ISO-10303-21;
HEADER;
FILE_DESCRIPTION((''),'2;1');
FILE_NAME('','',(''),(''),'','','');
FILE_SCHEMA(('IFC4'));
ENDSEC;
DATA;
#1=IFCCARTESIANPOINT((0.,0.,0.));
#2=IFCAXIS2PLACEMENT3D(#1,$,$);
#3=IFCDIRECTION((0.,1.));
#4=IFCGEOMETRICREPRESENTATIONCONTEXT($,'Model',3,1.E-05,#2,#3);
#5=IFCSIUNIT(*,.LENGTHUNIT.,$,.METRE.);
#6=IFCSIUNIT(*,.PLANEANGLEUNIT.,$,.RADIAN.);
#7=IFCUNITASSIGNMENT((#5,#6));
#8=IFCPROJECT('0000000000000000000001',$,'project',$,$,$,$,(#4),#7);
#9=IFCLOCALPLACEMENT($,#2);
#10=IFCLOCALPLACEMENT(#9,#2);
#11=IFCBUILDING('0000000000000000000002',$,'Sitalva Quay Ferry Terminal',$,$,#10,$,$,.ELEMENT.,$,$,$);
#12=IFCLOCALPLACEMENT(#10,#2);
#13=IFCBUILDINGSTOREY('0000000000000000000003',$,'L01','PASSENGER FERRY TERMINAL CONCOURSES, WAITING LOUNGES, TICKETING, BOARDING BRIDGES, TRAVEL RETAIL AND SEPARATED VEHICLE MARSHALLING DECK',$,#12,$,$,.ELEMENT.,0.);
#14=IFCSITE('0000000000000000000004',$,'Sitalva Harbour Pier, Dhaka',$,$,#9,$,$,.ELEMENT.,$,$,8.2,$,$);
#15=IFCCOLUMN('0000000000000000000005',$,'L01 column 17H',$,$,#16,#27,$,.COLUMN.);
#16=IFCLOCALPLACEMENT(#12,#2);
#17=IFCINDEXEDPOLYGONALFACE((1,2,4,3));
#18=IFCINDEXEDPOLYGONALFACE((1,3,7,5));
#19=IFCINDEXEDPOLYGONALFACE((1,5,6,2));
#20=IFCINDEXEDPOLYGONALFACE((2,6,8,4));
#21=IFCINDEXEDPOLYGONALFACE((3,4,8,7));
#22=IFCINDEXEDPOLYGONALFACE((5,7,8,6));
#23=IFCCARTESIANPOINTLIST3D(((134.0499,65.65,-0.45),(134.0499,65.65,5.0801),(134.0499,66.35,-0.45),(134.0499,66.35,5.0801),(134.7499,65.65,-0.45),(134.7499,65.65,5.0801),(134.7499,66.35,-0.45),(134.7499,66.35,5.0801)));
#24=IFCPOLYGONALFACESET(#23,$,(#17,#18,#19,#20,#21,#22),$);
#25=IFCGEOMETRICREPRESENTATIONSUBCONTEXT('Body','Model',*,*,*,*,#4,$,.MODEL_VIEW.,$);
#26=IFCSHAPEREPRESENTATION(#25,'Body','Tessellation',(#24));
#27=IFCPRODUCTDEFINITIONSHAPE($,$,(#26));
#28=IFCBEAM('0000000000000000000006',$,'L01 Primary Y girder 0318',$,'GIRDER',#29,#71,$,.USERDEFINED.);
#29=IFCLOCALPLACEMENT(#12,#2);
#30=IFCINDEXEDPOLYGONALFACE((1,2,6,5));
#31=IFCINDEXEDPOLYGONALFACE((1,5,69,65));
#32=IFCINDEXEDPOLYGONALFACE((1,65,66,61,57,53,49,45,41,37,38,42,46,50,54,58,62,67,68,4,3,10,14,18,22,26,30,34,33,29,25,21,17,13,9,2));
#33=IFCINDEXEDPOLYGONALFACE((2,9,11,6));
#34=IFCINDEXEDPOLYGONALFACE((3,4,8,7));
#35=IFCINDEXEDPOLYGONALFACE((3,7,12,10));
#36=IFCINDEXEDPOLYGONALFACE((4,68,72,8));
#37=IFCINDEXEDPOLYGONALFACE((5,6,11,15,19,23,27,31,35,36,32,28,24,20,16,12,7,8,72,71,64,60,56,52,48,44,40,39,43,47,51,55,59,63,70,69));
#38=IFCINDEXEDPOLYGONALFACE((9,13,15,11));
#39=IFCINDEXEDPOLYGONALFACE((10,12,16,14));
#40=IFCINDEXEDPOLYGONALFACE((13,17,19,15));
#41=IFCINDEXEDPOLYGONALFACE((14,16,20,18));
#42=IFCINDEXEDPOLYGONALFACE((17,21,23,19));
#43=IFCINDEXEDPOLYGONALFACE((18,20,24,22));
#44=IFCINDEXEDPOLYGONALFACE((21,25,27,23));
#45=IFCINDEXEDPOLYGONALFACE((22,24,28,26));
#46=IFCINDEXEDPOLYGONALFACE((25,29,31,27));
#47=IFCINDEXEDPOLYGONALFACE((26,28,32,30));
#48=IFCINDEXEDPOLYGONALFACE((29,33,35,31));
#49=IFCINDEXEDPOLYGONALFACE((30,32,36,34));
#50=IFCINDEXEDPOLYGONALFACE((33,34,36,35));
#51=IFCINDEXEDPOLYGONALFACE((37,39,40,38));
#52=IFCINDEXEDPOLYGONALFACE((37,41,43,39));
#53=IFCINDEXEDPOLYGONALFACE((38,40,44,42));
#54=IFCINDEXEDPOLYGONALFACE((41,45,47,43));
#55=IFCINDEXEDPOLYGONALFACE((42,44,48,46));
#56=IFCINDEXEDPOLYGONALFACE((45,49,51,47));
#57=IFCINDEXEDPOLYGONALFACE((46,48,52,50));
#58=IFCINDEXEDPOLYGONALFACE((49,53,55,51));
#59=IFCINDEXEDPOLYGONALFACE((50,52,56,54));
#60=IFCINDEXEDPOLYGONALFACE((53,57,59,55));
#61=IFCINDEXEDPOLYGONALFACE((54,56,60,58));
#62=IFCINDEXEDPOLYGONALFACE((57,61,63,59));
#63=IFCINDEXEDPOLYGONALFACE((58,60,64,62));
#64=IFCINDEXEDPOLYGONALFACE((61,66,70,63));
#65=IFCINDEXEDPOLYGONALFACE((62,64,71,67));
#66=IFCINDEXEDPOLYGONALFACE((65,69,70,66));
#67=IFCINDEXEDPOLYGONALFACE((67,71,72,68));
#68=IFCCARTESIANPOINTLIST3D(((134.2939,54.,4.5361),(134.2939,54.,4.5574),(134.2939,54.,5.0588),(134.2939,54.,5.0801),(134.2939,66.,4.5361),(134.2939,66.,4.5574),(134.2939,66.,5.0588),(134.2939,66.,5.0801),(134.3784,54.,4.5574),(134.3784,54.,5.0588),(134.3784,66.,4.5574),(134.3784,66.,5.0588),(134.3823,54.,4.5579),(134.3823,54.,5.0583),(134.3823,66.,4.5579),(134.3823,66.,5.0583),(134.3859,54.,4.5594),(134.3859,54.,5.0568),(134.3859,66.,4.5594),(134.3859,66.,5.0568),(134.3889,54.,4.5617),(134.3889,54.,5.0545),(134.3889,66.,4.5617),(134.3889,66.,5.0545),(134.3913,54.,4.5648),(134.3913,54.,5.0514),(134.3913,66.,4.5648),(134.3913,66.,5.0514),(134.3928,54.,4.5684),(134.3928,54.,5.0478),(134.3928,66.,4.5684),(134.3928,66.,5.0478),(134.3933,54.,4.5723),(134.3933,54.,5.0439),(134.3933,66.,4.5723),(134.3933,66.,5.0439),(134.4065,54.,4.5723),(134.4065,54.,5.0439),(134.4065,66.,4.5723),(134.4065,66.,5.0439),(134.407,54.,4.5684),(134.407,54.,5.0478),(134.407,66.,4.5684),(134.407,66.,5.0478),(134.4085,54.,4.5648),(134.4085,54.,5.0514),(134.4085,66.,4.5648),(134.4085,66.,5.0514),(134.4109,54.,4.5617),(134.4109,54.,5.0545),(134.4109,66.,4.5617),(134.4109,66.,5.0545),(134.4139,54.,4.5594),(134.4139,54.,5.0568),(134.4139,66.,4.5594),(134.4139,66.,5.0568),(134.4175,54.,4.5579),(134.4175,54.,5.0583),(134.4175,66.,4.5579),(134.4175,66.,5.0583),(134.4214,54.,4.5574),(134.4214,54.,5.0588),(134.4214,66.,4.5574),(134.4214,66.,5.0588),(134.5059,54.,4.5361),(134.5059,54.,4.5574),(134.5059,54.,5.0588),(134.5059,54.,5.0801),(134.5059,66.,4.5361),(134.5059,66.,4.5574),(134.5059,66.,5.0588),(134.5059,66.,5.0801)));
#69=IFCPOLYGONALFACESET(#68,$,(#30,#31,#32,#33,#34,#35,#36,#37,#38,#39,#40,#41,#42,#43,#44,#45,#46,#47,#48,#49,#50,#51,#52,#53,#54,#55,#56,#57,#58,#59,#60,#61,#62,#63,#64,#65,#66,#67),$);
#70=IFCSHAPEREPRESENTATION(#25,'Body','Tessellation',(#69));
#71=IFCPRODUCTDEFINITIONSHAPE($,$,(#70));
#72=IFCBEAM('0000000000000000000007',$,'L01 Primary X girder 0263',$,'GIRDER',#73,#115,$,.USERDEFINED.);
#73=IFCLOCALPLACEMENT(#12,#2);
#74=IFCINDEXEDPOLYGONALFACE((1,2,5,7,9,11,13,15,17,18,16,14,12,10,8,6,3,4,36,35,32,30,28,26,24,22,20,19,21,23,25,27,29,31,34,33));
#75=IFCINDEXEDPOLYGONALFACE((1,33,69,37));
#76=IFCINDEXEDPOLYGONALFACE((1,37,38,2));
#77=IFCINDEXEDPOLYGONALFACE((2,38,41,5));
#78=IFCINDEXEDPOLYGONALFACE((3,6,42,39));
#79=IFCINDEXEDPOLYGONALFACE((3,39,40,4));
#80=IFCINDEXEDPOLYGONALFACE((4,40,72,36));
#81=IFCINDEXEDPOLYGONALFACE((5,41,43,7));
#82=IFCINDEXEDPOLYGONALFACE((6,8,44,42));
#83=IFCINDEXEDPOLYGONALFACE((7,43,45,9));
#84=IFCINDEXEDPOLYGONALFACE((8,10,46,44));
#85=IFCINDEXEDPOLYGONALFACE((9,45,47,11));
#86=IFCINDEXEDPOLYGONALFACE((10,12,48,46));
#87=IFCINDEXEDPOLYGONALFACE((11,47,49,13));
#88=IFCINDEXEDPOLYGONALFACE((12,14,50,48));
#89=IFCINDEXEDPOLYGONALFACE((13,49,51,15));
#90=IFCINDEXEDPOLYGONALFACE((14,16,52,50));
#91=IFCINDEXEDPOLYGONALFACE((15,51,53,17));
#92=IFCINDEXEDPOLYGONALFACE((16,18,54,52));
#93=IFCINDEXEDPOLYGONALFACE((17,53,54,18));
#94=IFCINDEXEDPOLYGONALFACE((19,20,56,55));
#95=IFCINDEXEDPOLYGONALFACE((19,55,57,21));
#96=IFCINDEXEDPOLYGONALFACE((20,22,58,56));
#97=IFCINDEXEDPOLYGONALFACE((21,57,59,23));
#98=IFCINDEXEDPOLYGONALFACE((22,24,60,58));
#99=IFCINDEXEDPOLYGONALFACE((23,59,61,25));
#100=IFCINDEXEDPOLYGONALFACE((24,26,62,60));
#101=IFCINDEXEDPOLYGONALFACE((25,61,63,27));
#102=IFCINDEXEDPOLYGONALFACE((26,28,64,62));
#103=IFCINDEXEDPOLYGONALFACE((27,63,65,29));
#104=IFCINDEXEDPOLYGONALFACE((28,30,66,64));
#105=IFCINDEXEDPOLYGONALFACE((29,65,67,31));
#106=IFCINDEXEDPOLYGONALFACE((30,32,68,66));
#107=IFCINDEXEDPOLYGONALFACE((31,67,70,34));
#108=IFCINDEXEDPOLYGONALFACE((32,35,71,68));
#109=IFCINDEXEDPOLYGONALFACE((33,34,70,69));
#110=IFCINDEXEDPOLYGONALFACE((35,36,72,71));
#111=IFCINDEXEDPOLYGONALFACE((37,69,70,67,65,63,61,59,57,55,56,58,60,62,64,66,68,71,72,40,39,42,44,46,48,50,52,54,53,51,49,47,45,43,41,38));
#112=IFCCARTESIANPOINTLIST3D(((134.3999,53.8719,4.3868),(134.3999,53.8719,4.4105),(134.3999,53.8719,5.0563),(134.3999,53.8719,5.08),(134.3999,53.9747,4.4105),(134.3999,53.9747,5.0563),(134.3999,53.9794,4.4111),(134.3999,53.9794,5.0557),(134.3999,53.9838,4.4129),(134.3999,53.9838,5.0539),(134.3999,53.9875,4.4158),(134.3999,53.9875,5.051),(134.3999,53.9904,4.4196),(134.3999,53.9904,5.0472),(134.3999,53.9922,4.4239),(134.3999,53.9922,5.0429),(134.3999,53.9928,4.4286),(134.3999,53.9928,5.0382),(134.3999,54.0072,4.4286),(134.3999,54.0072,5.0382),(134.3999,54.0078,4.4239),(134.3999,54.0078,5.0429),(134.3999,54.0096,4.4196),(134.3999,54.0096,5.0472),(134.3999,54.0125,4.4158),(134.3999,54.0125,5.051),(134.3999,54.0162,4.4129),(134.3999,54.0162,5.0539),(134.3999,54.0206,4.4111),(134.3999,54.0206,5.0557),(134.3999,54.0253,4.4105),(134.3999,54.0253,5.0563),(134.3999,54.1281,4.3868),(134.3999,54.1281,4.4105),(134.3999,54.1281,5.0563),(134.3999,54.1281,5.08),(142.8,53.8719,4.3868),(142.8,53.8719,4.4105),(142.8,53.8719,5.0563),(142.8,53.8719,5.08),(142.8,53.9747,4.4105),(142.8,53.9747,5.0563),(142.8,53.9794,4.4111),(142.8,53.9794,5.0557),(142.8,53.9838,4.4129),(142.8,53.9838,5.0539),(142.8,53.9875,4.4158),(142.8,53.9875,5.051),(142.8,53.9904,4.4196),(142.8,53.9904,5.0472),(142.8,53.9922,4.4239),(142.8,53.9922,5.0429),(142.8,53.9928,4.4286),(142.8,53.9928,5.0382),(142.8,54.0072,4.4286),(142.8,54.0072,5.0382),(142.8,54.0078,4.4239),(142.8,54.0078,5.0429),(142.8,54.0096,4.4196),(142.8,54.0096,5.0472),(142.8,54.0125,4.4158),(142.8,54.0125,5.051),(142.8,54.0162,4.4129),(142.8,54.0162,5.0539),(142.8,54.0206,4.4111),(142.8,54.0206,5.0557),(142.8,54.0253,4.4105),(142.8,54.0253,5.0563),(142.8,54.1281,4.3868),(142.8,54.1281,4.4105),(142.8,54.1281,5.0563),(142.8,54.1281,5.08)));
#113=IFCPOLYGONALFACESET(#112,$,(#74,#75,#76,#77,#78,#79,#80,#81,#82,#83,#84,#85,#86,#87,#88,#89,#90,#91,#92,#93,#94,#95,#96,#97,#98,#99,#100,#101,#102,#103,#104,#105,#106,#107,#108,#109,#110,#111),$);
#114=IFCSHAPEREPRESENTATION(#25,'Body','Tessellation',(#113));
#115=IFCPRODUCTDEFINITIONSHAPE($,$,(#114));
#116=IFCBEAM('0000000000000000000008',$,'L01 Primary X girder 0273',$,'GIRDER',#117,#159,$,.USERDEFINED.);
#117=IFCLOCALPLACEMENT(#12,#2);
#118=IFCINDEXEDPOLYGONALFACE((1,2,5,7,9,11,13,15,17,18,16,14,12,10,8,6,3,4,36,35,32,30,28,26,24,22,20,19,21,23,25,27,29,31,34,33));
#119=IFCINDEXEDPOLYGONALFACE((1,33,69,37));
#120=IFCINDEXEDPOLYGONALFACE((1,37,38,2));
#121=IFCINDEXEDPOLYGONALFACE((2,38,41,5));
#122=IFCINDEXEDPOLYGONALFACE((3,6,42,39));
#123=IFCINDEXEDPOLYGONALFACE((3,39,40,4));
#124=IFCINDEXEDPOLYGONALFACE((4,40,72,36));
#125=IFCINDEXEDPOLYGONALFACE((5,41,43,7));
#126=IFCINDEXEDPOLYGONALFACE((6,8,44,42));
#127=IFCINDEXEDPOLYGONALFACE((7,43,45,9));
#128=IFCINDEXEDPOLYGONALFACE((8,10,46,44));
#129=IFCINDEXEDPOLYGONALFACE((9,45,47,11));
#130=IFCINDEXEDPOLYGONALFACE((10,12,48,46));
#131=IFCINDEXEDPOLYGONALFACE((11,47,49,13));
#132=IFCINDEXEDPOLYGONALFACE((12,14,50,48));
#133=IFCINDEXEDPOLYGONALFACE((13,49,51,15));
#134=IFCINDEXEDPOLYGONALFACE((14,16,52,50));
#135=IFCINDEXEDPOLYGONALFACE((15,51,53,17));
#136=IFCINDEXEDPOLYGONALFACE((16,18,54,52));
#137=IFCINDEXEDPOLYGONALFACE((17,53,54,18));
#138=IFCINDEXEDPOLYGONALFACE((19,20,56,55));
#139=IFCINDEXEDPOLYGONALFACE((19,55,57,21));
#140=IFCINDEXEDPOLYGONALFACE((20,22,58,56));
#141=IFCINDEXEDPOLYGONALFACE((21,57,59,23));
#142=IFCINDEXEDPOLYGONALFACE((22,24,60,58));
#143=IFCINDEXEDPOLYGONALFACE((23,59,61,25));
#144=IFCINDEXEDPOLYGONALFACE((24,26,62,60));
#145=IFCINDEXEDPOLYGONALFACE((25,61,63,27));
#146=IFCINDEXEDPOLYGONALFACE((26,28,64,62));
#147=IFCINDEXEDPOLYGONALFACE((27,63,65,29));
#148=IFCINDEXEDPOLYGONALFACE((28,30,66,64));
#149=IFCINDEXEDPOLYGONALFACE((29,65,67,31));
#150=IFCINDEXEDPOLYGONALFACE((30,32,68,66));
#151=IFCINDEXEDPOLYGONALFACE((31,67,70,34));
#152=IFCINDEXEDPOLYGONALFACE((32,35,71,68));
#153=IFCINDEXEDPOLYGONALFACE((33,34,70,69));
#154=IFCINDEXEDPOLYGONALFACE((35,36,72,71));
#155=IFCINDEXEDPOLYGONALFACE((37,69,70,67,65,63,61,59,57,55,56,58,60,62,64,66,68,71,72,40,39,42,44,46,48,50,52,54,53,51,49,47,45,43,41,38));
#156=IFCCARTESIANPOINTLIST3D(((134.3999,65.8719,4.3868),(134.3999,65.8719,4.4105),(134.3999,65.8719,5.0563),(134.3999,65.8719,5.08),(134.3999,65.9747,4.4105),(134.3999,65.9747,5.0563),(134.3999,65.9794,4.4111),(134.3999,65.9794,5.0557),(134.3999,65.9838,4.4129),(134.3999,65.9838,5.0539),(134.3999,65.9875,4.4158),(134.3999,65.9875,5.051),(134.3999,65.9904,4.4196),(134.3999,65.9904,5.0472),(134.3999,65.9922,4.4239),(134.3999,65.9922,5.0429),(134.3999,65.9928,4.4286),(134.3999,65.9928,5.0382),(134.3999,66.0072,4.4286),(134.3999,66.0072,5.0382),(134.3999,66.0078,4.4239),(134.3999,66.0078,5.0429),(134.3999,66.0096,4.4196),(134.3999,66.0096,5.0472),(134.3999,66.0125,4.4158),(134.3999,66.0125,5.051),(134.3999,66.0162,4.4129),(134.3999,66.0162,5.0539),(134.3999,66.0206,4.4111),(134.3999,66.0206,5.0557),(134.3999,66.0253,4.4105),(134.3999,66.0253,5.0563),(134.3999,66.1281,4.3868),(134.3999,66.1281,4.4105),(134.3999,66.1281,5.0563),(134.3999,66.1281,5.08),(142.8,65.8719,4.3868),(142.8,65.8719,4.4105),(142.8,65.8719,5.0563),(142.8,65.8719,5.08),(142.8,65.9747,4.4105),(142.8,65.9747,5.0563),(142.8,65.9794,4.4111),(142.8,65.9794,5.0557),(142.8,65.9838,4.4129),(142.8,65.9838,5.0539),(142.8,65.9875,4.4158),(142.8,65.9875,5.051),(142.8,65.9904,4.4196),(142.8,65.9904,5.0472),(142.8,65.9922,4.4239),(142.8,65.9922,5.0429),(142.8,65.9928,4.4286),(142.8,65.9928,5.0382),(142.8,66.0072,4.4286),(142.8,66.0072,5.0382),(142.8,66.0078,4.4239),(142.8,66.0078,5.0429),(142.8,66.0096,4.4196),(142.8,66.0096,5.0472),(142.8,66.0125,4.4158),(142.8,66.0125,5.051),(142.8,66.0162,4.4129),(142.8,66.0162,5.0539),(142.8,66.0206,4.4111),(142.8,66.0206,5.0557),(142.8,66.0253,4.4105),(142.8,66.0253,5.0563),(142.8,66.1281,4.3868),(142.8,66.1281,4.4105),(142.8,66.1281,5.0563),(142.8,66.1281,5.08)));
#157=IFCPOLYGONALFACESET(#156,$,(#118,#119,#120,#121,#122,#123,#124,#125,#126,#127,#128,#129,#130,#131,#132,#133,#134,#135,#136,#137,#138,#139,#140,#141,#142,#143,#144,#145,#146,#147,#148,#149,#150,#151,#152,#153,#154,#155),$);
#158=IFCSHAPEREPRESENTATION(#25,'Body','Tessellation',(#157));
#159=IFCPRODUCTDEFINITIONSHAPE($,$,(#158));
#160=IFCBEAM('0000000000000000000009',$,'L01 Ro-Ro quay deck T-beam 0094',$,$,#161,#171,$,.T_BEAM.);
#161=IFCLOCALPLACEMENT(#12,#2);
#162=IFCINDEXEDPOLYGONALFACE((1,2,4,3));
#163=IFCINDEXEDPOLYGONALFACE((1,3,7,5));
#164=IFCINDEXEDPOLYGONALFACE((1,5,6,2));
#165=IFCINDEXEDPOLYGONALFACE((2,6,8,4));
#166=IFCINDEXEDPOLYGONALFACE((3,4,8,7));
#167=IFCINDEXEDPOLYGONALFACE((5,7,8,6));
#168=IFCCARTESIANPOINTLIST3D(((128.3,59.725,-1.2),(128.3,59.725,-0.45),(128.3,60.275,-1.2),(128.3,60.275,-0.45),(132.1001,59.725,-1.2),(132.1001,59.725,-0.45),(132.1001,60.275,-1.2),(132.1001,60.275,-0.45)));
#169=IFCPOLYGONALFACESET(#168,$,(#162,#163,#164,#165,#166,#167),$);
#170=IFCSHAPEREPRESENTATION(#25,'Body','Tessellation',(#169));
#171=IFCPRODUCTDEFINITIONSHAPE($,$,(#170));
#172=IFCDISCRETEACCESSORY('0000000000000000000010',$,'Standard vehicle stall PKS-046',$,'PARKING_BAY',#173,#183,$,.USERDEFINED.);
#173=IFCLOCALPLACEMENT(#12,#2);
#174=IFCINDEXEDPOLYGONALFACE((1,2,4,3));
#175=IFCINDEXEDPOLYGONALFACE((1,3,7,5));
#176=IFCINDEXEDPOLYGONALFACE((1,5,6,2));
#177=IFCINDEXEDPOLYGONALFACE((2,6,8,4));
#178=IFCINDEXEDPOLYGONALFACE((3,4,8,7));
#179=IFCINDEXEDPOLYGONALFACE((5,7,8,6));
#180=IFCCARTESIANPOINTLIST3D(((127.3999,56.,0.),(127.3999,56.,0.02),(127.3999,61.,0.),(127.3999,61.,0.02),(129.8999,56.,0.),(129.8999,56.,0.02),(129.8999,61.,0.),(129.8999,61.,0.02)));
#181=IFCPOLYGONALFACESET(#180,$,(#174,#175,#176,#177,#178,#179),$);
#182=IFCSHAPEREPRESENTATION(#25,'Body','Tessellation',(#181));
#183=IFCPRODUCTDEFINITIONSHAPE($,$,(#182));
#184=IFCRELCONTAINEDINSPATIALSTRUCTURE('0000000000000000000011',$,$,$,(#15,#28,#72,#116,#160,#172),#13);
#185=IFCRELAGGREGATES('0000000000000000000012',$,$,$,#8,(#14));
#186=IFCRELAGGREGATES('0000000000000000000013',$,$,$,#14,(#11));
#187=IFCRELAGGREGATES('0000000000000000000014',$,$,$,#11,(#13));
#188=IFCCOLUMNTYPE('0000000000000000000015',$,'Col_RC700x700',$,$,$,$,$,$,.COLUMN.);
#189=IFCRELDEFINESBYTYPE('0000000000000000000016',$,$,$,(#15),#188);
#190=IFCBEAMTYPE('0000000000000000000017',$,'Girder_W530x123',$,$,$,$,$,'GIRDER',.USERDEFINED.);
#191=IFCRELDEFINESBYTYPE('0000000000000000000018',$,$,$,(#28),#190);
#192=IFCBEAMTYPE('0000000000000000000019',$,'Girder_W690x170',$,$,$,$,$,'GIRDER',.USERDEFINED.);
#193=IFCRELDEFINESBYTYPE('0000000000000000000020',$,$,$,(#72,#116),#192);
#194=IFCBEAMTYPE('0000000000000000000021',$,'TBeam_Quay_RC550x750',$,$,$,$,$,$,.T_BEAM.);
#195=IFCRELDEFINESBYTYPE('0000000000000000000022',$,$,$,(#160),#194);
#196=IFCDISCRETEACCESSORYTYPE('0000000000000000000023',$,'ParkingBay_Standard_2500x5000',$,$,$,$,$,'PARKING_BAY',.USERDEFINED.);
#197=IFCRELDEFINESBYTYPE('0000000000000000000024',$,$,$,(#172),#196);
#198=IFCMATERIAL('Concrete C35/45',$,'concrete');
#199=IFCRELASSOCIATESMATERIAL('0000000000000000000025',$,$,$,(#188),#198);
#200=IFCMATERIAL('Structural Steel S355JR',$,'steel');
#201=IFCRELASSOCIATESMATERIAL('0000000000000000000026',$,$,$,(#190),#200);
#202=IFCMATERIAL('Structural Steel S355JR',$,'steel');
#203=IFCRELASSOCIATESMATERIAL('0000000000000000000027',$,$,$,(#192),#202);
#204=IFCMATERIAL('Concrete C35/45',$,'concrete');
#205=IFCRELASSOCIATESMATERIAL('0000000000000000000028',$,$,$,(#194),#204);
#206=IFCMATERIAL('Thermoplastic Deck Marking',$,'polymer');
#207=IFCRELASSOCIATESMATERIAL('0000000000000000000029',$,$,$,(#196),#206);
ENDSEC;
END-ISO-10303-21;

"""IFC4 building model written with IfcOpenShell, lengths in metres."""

from ifc_helpers import new_model, si_unit, direction, frame, origin, origin_2d, place, context, subcontext, project, spatial, rectangle, i_section, extrude, material, material_profile, profile_set, type_object, element, save


model = new_model("IFC4")

# Units and contexts
model_context = context("Model", 3, precision=1e-05, world=origin(), true_north=direction((0.0, 1.0)))
body_context = subcontext(model_context, "Body", "Model", "MODEL_VIEW")
ifc_project = project(units=[si_unit("LENGTHUNIT", "METRE"), si_unit("PLANEANGLEUNIT", "RADIAN")], contexts=[model_context])

# Site, building, storey
site_placement = place(None, origin())
site = spatial("IfcSite", under=ifc_project, at=site_placement, Name="Sitalva Harbour Pier, Dhaka", CompositionType="ELEMENT", RefElevation=8.2)
building_placement = place(site_placement, origin())
building = spatial("IfcBuilding", under=site, at=building_placement, Name="Sitalva Quay Ferry Terminal", CompositionType="ELEMENT")
storey_placement = place(building_placement, origin())
storey = spatial("IfcBuildingStorey", under=building, at=storey_placement, Name="L01", Description="PASSENGER FERRY TERMINAL CONCOURSES, WAITING LOUNGES, TICKETING, BOARDING BRIDGES, TRAVEL RETAIL AND SEPARATED VEHICLE MARSHALLING DECK", CompositionType="ELEMENT", Elevation=0.0)

# Column
ifc_material_1 = material(Name="Concrete C35/45", Category="concrete")
ifc_material_profile_1 = material_profile(ifc_material_1, rectangle(XDim=0.7, YDim=0.7, at=origin_2d()), Name="RC700x700")
ifc_profile_set_1 = profile_set([ifc_material_profile_1], Name="Concrete C35/45")
column_type = type_object("IfcColumnType", Name="Col_RC700x700", PredefinedType="COLUMN", material=ifc_profile_set_1)
for number, where, z_axis, x_axis, name in (
    (1, (134.3999, 66.0, -0.45), (0.0, 0.0, 1.0), (1.0, 0.0, 0.0), "L01 column 17H"),
):
    element("IfcColumn", number, at=place(storey_placement, frame(where, z_axis=z_axis, x_axis=x_axis)), inside=storey, type_object=column_type, Name=name, PredefinedType="COLUMN", context=body_context, shape_type="SweptSolid", body=[
        extrude(rectangle(XDim=0.7, YDim=0.7, at=origin_2d()), origin(), (0.0, 0.0, 1.0), 5.53),
    ])

# Beams
ifc_material_2 = material(Name="Structural Steel S355JR", Category="steel")
ifc_material_profile_2 = material_profile(ifc_material_2, i_section(OverallWidth=0.2119, OverallDepth=0.5439, WebThickness=0.0132, FlangeThickness=0.0212, FilletRadius=0.0149, at=origin_2d()), Name="W530x123")
ifc_profile_set_2 = profile_set([ifc_material_profile_2], Name="Structural Steel S355JR")
beam_type_1 = type_object("IfcBeamType", Name="Girder_W530x123", ElementType="GIRDER", PredefinedType="USERDEFINED", material=ifc_profile_set_2)
beam_1_placement = place(storey_placement, frame((134.3999, 54.0, 4.8081), z_axis=(0.0, 1.0, 0.0), x_axis=(-1.0, 0.0, 0.0)))
element("IfcBeam", 2, at=beam_1_placement, inside=storey, type_object=beam_type_1, Name="L01 Primary Y girder 0318", ObjectType="GIRDER", PredefinedType="USERDEFINED", context=body_context, shape_type="SweptSolid", body=[
    extrude(i_section(OverallWidth=0.2119, OverallDepth=0.5439, WebThickness=0.0132, FlangeThickness=0.0212, FilletRadius=0.0149, at=origin_2d()), origin(), (0.0, 0.0, 1.0), 12.0),
])
ifc_material_3 = material(Name="Structural Steel S355JR", Category="steel")
ifc_material_profile_3 = material_profile(ifc_material_3, i_section(OverallWidth=0.2561, OverallDepth=0.6931, WebThickness=0.0144, FlangeThickness=0.0237, FilletRadius=0.0181, at=origin_2d()), Name="W690x170")
ifc_profile_set_3 = profile_set([ifc_material_profile_3], Name="Structural Steel S355JR")
beam_type_2 = type_object("IfcBeamType", Name="Girder_W690x170", ElementType="GIRDER", PredefinedType="USERDEFINED", material=ifc_profile_set_3)
for number, where, z_axis, x_axis, name in (
    (3, (134.3999, 54.0, 4.7334), (1.0, 0.0, 0.0), (0.0, 1.0, 0.0), "L01 Primary X girder 0263"),
    (4, (134.3999, 66.0, 4.7334), (1.0, 0.0, 0.0), (0.0, 1.0, 0.0), "L01 Primary X girder 0273"),
):
    element("IfcBeam", number, at=place(storey_placement, frame(where, z_axis=z_axis, x_axis=x_axis)), inside=storey, type_object=beam_type_2, Name=name, ObjectType="GIRDER", PredefinedType="USERDEFINED", context=body_context, shape_type="SweptSolid", body=[
        extrude(i_section(OverallWidth=0.2561, OverallDepth=0.6931, WebThickness=0.0144, FlangeThickness=0.0237, FilletRadius=0.0181, at=origin_2d()), origin(), (0.0, 0.0, 1.0), 8.4001),
    ])
ifc_material_4 = material(Name="Concrete C35/45", Category="concrete")
ifc_material_profile_4 = material_profile(ifc_material_4, rectangle(XDim=0.55, YDim=0.75, at=origin_2d()), Name="RC550x750")
ifc_profile_set_4 = profile_set([ifc_material_profile_4], Name="Concrete C35/45")
beam_type_3 = type_object("IfcBeamType", Name="TBeam_Quay_RC550x750", PredefinedType="T_BEAM", material=ifc_profile_set_4)
beam_2_placement = place(storey_placement, frame((128.3, 60.0, -0.825), z_axis=(1.0, 0.0, 0.0), x_axis=(0.0, 1.0, 0.0)))
element("IfcBeam", 5, at=beam_2_placement, inside=storey, type_object=beam_type_3, Name="L01 Ro-Ro quay deck T-beam 0094", PredefinedType="T_BEAM", context=body_context, shape_type="SweptSolid", body=[
    extrude(rectangle(XDim=0.55, YDim=0.75, at=origin_2d()), origin(), (0.0, 0.0, 1.0), 3.8),
])

# Discrete accessory
ifc_material_5 = material(Name="Thermoplastic Deck Marking", Category="polymer")
discrete_accessory_type_1 = type_object("IfcDiscreteAccessoryType", Name="ParkingBay_Standard_2500x5000", ElementType="PARKING_BAY", PredefinedType="USERDEFINED", material=ifc_material_5)
for number, where, z_axis, x_axis, name in (
    (6, (128.6499, 58.5, 0.0), (0.0, 0.0, 1.0), (1.0, 0.0, 0.0), "Standard vehicle stall PKS-046"),
):
    element("IfcDiscreteAccessory", number, at=place(storey_placement, frame(where, z_axis=z_axis, x_axis=x_axis)), inside=storey, type_object=discrete_accessory_type_1, Name=name, ObjectType="PARKING_BAY", PredefinedType="USERDEFINED", context=body_context, shape_type="SweptSolid", body=[
        extrude(rectangle(XDim=2.5, YDim=5.0, at=origin_2d()), origin(), (0.0, 0.0, 1.0), 0.02),
    ])

save(model, "model.ifc")
